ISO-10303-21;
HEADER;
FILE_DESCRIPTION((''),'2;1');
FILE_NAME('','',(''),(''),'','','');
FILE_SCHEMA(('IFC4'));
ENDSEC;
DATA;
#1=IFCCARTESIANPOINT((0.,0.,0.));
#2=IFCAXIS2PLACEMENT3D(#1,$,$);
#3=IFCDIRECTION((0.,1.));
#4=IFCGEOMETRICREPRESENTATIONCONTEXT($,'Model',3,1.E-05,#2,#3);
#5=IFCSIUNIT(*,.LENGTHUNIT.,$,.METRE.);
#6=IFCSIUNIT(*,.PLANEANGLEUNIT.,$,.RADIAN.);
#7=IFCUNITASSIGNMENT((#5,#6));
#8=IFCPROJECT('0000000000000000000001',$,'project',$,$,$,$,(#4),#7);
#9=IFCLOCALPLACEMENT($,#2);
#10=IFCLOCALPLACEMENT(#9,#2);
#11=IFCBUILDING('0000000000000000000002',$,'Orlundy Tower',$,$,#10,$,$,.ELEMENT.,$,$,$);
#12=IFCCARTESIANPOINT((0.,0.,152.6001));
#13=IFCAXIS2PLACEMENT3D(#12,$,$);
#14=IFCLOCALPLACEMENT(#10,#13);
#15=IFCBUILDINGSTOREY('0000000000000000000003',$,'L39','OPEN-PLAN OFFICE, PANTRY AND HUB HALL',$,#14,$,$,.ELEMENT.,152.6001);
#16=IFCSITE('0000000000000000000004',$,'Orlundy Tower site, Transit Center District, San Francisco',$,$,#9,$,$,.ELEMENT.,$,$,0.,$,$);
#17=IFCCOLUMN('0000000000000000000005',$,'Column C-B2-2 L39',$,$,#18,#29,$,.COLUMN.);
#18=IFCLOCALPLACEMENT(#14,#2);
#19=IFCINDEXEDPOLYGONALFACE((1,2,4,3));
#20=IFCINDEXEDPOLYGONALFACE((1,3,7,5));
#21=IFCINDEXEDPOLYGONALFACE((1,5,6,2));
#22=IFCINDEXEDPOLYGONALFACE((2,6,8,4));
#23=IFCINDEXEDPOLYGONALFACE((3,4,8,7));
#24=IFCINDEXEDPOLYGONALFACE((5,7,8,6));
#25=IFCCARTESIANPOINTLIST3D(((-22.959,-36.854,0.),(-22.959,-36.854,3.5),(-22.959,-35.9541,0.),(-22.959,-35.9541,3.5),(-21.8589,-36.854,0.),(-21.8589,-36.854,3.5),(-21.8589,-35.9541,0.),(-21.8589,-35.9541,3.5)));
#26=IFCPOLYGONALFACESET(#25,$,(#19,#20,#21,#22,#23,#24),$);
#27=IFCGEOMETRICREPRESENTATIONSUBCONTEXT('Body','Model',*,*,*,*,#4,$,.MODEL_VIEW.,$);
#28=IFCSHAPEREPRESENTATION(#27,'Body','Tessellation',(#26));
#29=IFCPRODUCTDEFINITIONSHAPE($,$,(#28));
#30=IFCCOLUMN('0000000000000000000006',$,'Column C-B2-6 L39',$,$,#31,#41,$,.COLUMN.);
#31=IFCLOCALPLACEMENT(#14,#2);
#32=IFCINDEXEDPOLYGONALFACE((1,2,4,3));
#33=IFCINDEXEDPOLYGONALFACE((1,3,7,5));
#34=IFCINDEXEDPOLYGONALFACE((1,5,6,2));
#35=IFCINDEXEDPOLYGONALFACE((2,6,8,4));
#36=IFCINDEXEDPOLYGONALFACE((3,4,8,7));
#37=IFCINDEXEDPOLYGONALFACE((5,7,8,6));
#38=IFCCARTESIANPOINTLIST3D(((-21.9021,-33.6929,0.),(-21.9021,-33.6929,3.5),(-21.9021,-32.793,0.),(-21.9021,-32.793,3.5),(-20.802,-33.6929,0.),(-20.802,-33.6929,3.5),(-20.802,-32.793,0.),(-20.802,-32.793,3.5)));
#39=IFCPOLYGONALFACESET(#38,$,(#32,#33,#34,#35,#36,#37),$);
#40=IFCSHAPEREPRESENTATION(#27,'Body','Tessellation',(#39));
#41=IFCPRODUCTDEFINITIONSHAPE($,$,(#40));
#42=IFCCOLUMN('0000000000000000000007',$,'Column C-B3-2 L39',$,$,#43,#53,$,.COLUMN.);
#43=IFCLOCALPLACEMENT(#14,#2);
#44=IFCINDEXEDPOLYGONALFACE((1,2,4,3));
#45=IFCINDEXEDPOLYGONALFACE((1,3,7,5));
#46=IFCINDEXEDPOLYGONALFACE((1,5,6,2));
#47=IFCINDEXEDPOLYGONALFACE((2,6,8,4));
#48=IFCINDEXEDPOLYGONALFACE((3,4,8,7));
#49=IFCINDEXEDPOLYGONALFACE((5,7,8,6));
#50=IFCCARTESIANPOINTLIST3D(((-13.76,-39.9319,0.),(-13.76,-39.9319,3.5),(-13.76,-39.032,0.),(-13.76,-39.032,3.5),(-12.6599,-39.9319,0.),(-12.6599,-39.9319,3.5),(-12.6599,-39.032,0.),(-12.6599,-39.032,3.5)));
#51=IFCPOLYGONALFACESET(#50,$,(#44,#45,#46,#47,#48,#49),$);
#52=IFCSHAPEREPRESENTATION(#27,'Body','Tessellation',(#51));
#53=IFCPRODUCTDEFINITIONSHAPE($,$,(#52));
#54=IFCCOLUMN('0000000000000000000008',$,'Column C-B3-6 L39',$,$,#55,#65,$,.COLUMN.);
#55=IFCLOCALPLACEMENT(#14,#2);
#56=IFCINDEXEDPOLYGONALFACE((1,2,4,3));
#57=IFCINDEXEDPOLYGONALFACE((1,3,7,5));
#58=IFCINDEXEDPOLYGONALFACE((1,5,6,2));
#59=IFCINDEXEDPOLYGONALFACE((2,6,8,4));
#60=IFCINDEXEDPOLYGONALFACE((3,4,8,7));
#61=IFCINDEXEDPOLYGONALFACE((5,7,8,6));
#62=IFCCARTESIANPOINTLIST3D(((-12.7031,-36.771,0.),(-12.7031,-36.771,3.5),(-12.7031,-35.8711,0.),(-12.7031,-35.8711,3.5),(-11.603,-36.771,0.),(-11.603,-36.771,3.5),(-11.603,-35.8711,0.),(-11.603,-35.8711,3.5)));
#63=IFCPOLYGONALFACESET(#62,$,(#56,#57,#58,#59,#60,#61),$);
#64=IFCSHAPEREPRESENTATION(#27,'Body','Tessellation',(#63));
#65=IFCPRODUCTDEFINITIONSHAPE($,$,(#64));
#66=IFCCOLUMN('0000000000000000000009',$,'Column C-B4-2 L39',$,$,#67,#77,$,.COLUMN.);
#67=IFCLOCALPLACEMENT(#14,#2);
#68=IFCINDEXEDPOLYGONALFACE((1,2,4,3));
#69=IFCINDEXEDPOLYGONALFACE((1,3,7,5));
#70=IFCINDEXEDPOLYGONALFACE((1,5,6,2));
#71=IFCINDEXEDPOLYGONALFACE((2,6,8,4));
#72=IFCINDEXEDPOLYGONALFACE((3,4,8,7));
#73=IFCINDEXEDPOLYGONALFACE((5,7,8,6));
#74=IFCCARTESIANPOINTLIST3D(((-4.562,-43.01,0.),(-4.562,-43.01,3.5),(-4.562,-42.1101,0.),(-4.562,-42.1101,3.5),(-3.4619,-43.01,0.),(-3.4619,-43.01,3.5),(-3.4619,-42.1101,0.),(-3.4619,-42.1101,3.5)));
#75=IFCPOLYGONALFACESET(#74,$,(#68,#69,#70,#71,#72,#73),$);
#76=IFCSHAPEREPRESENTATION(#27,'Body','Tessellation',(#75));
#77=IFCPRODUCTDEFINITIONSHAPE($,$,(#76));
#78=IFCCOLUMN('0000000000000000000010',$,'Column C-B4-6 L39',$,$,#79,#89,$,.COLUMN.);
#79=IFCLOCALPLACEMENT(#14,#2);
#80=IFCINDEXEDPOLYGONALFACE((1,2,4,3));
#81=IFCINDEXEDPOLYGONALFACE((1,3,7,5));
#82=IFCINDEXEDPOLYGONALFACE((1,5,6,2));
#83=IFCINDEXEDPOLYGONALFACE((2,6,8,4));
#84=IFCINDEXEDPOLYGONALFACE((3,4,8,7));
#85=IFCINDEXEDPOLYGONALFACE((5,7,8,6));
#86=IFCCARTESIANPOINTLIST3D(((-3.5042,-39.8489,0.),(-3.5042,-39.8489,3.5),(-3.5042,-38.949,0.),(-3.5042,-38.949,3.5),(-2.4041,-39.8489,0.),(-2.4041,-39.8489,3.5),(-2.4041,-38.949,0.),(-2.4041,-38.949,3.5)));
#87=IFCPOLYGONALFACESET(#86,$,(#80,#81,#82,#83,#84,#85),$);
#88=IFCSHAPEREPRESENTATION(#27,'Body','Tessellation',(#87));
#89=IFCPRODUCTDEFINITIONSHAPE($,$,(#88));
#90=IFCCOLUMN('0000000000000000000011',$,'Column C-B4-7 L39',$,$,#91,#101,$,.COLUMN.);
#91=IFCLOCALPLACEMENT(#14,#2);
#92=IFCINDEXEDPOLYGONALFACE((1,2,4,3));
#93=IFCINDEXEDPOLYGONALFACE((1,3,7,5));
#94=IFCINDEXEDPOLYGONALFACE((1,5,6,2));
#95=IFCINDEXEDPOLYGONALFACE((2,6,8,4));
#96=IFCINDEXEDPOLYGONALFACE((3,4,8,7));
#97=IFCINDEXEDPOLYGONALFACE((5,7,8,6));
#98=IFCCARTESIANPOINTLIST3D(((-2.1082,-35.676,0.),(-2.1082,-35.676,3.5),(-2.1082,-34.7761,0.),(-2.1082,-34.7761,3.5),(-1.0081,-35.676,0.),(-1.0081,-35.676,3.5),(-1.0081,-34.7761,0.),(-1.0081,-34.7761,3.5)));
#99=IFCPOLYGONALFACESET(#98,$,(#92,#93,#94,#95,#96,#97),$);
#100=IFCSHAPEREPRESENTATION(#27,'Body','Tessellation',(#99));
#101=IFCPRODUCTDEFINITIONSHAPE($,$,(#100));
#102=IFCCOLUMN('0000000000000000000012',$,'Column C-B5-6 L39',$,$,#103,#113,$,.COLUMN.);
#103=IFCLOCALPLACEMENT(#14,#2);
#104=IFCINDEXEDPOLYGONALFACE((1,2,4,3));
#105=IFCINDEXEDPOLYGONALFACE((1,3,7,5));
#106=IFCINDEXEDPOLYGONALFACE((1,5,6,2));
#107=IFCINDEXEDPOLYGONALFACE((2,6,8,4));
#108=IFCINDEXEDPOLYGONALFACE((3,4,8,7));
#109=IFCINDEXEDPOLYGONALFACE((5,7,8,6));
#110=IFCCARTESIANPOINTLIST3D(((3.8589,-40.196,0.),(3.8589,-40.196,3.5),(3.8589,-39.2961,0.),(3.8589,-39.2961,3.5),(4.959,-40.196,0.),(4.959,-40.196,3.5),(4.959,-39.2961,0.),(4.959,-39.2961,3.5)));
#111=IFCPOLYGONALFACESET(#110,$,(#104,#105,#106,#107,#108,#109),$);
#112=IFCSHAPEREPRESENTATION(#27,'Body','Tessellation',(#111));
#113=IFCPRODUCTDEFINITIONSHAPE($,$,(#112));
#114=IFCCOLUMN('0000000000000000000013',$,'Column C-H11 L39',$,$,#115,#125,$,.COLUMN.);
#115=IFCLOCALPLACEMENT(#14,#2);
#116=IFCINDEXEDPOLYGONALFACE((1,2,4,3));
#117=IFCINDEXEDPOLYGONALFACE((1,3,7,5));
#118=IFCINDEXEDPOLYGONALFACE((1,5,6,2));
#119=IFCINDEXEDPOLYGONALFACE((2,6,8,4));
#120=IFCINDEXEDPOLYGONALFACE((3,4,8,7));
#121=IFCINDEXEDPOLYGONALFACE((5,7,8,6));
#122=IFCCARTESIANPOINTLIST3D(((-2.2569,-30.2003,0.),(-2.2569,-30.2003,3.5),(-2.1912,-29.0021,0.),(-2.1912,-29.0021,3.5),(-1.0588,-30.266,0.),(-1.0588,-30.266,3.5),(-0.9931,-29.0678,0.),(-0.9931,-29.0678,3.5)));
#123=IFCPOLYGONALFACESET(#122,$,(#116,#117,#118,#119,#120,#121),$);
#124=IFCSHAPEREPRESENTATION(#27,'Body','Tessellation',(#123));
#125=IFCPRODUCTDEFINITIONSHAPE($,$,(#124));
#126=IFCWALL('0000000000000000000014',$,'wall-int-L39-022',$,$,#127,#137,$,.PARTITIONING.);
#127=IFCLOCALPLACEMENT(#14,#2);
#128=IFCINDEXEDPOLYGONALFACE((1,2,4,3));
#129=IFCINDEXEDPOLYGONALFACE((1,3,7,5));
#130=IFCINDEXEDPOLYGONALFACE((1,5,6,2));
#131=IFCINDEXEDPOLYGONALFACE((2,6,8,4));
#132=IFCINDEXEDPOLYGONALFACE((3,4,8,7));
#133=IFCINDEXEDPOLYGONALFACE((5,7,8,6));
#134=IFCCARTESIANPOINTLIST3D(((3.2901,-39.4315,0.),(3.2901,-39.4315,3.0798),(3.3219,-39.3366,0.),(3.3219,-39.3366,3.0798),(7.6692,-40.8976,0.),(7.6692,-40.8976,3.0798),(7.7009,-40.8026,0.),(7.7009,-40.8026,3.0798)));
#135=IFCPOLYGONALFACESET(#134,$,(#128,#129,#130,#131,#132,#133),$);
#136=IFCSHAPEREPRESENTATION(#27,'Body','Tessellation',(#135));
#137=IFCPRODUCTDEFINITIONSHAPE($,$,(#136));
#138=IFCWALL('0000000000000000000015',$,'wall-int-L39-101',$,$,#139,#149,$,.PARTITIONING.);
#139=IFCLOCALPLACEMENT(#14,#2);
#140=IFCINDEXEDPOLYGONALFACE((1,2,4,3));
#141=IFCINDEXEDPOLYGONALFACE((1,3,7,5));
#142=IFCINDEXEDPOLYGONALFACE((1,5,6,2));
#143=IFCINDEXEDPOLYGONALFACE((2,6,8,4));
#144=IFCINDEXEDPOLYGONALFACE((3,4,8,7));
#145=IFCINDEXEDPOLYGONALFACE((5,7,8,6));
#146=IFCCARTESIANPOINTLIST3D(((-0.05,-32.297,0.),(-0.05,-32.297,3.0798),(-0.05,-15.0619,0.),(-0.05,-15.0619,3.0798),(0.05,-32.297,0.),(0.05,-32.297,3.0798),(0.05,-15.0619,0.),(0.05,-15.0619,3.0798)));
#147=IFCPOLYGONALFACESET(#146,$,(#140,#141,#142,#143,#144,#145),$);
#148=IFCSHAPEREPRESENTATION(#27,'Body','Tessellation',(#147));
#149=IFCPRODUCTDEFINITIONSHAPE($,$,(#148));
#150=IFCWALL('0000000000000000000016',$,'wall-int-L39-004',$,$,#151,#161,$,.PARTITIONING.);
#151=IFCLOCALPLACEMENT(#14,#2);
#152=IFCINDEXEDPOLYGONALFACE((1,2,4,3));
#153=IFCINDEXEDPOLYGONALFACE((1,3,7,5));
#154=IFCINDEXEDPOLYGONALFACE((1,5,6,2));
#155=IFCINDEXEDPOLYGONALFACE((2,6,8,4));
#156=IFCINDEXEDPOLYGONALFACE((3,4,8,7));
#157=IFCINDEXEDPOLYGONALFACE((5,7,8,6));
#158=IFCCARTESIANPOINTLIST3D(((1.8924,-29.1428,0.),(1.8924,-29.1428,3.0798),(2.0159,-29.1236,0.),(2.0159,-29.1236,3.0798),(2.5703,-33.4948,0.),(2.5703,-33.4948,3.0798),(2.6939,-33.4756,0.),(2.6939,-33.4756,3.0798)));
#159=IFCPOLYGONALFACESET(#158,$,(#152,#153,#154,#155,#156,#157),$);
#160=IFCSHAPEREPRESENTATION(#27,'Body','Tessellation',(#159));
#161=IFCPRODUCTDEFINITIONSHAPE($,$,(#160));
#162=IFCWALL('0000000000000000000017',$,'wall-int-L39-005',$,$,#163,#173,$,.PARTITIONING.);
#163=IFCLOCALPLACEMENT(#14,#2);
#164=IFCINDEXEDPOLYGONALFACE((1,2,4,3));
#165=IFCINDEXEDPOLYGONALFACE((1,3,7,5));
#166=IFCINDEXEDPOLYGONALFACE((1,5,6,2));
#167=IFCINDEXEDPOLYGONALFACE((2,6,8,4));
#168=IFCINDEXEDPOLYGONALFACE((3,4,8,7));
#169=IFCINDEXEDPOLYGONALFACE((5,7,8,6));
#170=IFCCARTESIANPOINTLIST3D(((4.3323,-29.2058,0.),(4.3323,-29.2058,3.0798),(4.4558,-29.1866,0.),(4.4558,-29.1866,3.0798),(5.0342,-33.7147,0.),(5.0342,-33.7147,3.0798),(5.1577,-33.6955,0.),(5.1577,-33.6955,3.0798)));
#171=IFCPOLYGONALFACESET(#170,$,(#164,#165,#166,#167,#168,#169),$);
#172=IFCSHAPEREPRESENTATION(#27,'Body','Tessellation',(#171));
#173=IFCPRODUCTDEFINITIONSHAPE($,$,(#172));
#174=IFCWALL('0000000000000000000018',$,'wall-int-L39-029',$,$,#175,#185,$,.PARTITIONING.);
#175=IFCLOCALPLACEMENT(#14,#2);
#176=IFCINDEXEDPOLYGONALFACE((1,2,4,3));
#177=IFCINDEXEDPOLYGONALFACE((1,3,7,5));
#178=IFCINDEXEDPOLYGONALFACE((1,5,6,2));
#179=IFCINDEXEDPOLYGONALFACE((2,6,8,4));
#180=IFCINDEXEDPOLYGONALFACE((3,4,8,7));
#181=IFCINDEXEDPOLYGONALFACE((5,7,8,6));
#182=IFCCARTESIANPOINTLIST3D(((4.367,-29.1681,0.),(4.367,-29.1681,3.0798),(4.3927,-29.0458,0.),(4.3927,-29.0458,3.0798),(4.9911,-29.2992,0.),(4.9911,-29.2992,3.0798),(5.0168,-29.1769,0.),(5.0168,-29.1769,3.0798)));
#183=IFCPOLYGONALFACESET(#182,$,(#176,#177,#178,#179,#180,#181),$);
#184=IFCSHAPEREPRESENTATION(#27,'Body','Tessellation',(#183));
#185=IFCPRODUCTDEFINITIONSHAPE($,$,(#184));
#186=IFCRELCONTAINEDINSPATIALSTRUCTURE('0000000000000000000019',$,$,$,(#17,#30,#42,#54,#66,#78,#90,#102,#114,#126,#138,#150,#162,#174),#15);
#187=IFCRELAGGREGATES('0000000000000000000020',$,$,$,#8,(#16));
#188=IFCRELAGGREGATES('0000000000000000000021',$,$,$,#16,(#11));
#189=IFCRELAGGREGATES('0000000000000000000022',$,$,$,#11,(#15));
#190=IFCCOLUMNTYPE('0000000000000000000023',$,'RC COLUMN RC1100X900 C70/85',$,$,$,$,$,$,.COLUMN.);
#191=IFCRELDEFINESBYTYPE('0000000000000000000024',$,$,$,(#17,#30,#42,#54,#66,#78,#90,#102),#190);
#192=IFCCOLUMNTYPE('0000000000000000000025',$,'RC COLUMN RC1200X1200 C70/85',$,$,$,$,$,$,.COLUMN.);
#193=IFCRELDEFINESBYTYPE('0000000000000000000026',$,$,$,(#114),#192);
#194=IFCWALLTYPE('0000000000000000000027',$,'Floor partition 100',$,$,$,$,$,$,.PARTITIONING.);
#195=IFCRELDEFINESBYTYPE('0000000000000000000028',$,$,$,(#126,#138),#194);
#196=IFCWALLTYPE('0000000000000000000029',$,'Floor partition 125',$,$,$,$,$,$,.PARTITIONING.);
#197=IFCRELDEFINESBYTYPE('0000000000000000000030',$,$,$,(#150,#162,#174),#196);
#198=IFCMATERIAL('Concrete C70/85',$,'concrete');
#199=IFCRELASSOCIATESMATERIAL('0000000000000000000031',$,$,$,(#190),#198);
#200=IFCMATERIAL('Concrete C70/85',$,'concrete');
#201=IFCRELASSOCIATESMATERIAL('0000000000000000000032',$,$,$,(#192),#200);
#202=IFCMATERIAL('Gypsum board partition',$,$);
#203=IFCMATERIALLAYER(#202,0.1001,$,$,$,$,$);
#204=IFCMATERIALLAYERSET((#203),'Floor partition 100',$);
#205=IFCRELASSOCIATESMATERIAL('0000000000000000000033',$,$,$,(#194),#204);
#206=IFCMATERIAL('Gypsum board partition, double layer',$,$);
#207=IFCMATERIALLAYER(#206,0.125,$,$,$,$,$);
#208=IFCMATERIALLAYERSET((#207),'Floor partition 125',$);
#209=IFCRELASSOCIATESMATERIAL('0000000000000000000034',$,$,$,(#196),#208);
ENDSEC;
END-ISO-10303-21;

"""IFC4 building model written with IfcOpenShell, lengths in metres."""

from ifc_helpers import new_model, si_unit, direction, frame, frame_2d, origin, origin_2d, place, context, subcontext, project, spatial, rectangle, extrude, material, layer, layer_set, material_profile, profile_set, type_object, element, save


model = new_model("IFC4")

# Units and contexts
model_context = context("Model", 3, precision=1e-05, world=origin(), true_north=direction((0.0, 1.0)))
body_context = subcontext(model_context, "Body", "Model", "MODEL_VIEW")
ifc_project = project(units=[si_unit("LENGTHUNIT", "METRE"), si_unit("PLANEANGLEUNIT", "RADIAN")], contexts=[model_context])

# Site, building, storey
site_placement = place(None, origin())
site = spatial("IfcSite", under=ifc_project, at=site_placement, Name="Orlundy Tower site, Transit Center District, San Francisco", CompositionType="ELEMENT", RefElevation=0.0)
building_placement = place(site_placement, origin())
building = spatial("IfcBuilding", under=site, at=building_placement, Name="Orlundy Tower", CompositionType="ELEMENT")
storey_placement = place(building_placement, frame((0.0, 0.0, 152.6001)))
storey = spatial("IfcBuildingStorey", under=building, at=storey_placement, Name="L39", Description="OPEN-PLAN OFFICE, PANTRY AND HUB HALL", CompositionType="ELEMENT", Elevation=152.6001)

# Columns
ifc_material_1 = material(Name="Concrete C70/85", Category="concrete")
ifc_material_profile_1 = material_profile(ifc_material_1, rectangle(XDim=1.1001, YDim=0.8999, at=origin_2d()), Name="RC1100X900")
ifc_profile_set_1 = profile_set([ifc_material_profile_1], Name="Concrete C70/85")
column_type_1 = type_object("IfcColumnType", Name="RC COLUMN RC1100X900 C70/85", PredefinedType="COLUMN", material=ifc_profile_set_1)
for number, where, z_axis, x_axis, name in (
    (1, (-22.4089, -36.4041, 0.0), (0.0, 0.0, 1.0), (1.0, 0.0, 0.0), "Column C-B2-2 L39"),
    (2, (-21.3521, -33.2429, 0.0), (0.0, 0.0, 1.0), (1.0, 0.0, 0.0), "Column C-B2-6 L39"),
    (3, (-13.21, -39.4819, 0.0), (0.0, 0.0, 1.0), (1.0, 0.0, 0.0), "Column C-B3-2 L39"),
    (4, (-12.1531, -36.321, 0.0), (0.0, 0.0, 1.0), (1.0, 0.0, 0.0), "Column C-B3-6 L39"),
    (5, (-4.012, -42.5601, 0.0), (0.0, 0.0, 1.0), (1.0, 0.0, 0.0), "Column C-B4-2 L39"),
    (6, (-2.9541, -39.3989, 0.0), (0.0, 0.0, 1.0), (1.0, 0.0, 0.0), "Column C-B4-6 L39"),
    (7, (-1.5581, -35.2261, 0.0), (0.0, 0.0, 1.0), (1.0, 0.0, 0.0), "Column C-B4-7 L39"),
    (8, (4.4089, -39.7461, 0.0), (0.0, 0.0, 1.0), (1.0, 0.0, 0.0), "Column C-B5-6 L39"),
):
    element("IfcColumn", number, at=place(storey_placement, frame(where, z_axis=z_axis, x_axis=x_axis)), inside=storey, type_object=column_type_1, Name=name, PredefinedType="COLUMN", context=body_context, shape_type="SweptSolid", body=[
        extrude(rectangle(XDim=1.1001, YDim=0.8999, at=origin_2d()), origin(), (0.0, 0.0, 1.0), 3.5),
    ])
ifc_material_2 = material(Name="Concrete C70/85", Category="concrete")
ifc_material_profile_2 = material_profile(ifc_material_2, rectangle(XDim=1.2, YDim=1.2, at=origin_2d()), Name="RC1200X1200")
ifc_profile_set_2 = profile_set([ifc_material_profile_2], Name="Concrete C70/85")
column_type_2 = type_object("IfcColumnType", Name="RC COLUMN RC1200X1200 C70/85", PredefinedType="COLUMN", material=ifc_profile_set_2)
column_placement = place(storey_placement, frame((-1.625, -29.634, 0.0), z_axis=(0.0, 0.0, 1.0), x_axis=(-0.054758, -0.9985, 0.0)))
element("IfcColumn", 9, at=column_placement, inside=storey, type_object=column_type_2, Name="Column C-H11 L39", PredefinedType="COLUMN", context=body_context, shape_type="SweptSolid", body=[
    extrude(rectangle(XDim=1.2, YDim=1.2, at=origin_2d()), origin(), (0.0, 0.0, 1.0), 3.5),
])

# Walls
ifc_material_3 = material(Name="Gypsum board partition")
ifc_layer_1 = layer(ifc_material_3, 0.1001)
ifc_layer_set_1 = layer_set([ifc_layer_1], Name="Floor partition 100")
wall_type_1 = type_object("IfcWallType", Name="Floor partition 100", PredefinedType="PARTITIONING", material=ifc_layer_set_1)
wall_1_placement = place(storey_placement, frame((3.3059, -39.384, 0.0), z_axis=(0.0, 0.0, 1.0), x_axis=(0.94827, -0.317465, 0.0)))
element("IfcWall", 10, at=wall_1_placement, inside=storey, type_object=wall_type_1, Name="wall-int-L39-022", PredefinedType="PARTITIONING", context=body_context, shape_type="SweptSolid", body=[
    extrude(rectangle(XDim=4.6179, YDim=0.1001, at=frame_2d((2.3091, 0.0))), origin(), (0.0, 0.0, 1.0), 3.0798),
])
wall_2_placement = place(storey_placement, frame((0.0, -32.2971, 0.0), z_axis=(0.0, 0.0, 1.0), x_axis=(0.0, 1.0, 0.0)))
element("IfcWall", 11, at=wall_2_placement, inside=storey, type_object=wall_type_1, Name="wall-int-L39-101", PredefinedType="PARTITIONING", context=body_context, shape_type="SweptSolid", body=[
    extrude(rectangle(XDim=17.2351, YDim=0.1001, at=frame_2d((8.6177, 0.0))), origin(), (0.0, 0.0, 1.0), 3.0798),
])
ifc_material_4 = material(Name="Gypsum board partition, double layer")
ifc_layer_2 = layer(ifc_material_4, 0.125)
ifc_layer_set_2 = layer_set([ifc_layer_2], Name="Floor partition 125")
wall_type_2 = type_object("IfcWallType", Name="Floor partition 125", PredefinedType="PARTITIONING", material=ifc_layer_set_2)
wall_3_placement = place(storey_placement, frame((2.6321, -33.4851, 0.0), z_axis=(0.0, 0.0, 1.0), x_axis=(-0.153927, 0.988082, 0.0)))
element("IfcWall", 12, at=wall_3_placement, inside=storey, type_object=wall_type_2, Name="wall-int-L39-004", PredefinedType="PARTITIONING", context=body_context, shape_type="SweptSolid", body=[
    extrude(rectangle(XDim=4.4045, YDim=0.125, at=frame_2d((2.2021, 0.0))), origin(), (0.0, 0.0, 1.0), 3.0798),
])
wall_4_placement = place(storey_placement, frame((4.394, -29.196, 0.0), z_axis=(0.0, 0.0, 1.0), x_axis=(0.153814, -0.9881, 0.0)))
element("IfcWall", 13, at=wall_4_placement, inside=storey, type_object=wall_type_2, Name="wall-int-L39-005", PredefinedType="PARTITIONING", context=body_context, shape_type="SweptSolid", body=[
    extrude(rectangle(XDim=4.5632, YDim=0.125, at=frame_2d((2.2817, 0.0))), origin(), (0.0, 0.0, 1.0), 3.0798),
])
wall_5_placement = place(storey_placement, frame((4.3799, -29.1069, 0.0), z_axis=(0.0, 0.0, 1.0), x_axis=(0.978635, -0.205605, 0.0)))
element("IfcWall", 14, at=wall_5_placement, inside=storey, type_object=wall_type_2, Name="wall-int-L39-029", PredefinedType="PARTITIONING", context=body_context, shape_type="SweptSolid", body=[
    extrude(rectangle(XDim=0.6377, YDim=0.125, at=frame_2d((0.3188, 0.0))), origin(), (0.0, 0.0, 1.0), 3.0798),
])

save(model, "model.ifc")
